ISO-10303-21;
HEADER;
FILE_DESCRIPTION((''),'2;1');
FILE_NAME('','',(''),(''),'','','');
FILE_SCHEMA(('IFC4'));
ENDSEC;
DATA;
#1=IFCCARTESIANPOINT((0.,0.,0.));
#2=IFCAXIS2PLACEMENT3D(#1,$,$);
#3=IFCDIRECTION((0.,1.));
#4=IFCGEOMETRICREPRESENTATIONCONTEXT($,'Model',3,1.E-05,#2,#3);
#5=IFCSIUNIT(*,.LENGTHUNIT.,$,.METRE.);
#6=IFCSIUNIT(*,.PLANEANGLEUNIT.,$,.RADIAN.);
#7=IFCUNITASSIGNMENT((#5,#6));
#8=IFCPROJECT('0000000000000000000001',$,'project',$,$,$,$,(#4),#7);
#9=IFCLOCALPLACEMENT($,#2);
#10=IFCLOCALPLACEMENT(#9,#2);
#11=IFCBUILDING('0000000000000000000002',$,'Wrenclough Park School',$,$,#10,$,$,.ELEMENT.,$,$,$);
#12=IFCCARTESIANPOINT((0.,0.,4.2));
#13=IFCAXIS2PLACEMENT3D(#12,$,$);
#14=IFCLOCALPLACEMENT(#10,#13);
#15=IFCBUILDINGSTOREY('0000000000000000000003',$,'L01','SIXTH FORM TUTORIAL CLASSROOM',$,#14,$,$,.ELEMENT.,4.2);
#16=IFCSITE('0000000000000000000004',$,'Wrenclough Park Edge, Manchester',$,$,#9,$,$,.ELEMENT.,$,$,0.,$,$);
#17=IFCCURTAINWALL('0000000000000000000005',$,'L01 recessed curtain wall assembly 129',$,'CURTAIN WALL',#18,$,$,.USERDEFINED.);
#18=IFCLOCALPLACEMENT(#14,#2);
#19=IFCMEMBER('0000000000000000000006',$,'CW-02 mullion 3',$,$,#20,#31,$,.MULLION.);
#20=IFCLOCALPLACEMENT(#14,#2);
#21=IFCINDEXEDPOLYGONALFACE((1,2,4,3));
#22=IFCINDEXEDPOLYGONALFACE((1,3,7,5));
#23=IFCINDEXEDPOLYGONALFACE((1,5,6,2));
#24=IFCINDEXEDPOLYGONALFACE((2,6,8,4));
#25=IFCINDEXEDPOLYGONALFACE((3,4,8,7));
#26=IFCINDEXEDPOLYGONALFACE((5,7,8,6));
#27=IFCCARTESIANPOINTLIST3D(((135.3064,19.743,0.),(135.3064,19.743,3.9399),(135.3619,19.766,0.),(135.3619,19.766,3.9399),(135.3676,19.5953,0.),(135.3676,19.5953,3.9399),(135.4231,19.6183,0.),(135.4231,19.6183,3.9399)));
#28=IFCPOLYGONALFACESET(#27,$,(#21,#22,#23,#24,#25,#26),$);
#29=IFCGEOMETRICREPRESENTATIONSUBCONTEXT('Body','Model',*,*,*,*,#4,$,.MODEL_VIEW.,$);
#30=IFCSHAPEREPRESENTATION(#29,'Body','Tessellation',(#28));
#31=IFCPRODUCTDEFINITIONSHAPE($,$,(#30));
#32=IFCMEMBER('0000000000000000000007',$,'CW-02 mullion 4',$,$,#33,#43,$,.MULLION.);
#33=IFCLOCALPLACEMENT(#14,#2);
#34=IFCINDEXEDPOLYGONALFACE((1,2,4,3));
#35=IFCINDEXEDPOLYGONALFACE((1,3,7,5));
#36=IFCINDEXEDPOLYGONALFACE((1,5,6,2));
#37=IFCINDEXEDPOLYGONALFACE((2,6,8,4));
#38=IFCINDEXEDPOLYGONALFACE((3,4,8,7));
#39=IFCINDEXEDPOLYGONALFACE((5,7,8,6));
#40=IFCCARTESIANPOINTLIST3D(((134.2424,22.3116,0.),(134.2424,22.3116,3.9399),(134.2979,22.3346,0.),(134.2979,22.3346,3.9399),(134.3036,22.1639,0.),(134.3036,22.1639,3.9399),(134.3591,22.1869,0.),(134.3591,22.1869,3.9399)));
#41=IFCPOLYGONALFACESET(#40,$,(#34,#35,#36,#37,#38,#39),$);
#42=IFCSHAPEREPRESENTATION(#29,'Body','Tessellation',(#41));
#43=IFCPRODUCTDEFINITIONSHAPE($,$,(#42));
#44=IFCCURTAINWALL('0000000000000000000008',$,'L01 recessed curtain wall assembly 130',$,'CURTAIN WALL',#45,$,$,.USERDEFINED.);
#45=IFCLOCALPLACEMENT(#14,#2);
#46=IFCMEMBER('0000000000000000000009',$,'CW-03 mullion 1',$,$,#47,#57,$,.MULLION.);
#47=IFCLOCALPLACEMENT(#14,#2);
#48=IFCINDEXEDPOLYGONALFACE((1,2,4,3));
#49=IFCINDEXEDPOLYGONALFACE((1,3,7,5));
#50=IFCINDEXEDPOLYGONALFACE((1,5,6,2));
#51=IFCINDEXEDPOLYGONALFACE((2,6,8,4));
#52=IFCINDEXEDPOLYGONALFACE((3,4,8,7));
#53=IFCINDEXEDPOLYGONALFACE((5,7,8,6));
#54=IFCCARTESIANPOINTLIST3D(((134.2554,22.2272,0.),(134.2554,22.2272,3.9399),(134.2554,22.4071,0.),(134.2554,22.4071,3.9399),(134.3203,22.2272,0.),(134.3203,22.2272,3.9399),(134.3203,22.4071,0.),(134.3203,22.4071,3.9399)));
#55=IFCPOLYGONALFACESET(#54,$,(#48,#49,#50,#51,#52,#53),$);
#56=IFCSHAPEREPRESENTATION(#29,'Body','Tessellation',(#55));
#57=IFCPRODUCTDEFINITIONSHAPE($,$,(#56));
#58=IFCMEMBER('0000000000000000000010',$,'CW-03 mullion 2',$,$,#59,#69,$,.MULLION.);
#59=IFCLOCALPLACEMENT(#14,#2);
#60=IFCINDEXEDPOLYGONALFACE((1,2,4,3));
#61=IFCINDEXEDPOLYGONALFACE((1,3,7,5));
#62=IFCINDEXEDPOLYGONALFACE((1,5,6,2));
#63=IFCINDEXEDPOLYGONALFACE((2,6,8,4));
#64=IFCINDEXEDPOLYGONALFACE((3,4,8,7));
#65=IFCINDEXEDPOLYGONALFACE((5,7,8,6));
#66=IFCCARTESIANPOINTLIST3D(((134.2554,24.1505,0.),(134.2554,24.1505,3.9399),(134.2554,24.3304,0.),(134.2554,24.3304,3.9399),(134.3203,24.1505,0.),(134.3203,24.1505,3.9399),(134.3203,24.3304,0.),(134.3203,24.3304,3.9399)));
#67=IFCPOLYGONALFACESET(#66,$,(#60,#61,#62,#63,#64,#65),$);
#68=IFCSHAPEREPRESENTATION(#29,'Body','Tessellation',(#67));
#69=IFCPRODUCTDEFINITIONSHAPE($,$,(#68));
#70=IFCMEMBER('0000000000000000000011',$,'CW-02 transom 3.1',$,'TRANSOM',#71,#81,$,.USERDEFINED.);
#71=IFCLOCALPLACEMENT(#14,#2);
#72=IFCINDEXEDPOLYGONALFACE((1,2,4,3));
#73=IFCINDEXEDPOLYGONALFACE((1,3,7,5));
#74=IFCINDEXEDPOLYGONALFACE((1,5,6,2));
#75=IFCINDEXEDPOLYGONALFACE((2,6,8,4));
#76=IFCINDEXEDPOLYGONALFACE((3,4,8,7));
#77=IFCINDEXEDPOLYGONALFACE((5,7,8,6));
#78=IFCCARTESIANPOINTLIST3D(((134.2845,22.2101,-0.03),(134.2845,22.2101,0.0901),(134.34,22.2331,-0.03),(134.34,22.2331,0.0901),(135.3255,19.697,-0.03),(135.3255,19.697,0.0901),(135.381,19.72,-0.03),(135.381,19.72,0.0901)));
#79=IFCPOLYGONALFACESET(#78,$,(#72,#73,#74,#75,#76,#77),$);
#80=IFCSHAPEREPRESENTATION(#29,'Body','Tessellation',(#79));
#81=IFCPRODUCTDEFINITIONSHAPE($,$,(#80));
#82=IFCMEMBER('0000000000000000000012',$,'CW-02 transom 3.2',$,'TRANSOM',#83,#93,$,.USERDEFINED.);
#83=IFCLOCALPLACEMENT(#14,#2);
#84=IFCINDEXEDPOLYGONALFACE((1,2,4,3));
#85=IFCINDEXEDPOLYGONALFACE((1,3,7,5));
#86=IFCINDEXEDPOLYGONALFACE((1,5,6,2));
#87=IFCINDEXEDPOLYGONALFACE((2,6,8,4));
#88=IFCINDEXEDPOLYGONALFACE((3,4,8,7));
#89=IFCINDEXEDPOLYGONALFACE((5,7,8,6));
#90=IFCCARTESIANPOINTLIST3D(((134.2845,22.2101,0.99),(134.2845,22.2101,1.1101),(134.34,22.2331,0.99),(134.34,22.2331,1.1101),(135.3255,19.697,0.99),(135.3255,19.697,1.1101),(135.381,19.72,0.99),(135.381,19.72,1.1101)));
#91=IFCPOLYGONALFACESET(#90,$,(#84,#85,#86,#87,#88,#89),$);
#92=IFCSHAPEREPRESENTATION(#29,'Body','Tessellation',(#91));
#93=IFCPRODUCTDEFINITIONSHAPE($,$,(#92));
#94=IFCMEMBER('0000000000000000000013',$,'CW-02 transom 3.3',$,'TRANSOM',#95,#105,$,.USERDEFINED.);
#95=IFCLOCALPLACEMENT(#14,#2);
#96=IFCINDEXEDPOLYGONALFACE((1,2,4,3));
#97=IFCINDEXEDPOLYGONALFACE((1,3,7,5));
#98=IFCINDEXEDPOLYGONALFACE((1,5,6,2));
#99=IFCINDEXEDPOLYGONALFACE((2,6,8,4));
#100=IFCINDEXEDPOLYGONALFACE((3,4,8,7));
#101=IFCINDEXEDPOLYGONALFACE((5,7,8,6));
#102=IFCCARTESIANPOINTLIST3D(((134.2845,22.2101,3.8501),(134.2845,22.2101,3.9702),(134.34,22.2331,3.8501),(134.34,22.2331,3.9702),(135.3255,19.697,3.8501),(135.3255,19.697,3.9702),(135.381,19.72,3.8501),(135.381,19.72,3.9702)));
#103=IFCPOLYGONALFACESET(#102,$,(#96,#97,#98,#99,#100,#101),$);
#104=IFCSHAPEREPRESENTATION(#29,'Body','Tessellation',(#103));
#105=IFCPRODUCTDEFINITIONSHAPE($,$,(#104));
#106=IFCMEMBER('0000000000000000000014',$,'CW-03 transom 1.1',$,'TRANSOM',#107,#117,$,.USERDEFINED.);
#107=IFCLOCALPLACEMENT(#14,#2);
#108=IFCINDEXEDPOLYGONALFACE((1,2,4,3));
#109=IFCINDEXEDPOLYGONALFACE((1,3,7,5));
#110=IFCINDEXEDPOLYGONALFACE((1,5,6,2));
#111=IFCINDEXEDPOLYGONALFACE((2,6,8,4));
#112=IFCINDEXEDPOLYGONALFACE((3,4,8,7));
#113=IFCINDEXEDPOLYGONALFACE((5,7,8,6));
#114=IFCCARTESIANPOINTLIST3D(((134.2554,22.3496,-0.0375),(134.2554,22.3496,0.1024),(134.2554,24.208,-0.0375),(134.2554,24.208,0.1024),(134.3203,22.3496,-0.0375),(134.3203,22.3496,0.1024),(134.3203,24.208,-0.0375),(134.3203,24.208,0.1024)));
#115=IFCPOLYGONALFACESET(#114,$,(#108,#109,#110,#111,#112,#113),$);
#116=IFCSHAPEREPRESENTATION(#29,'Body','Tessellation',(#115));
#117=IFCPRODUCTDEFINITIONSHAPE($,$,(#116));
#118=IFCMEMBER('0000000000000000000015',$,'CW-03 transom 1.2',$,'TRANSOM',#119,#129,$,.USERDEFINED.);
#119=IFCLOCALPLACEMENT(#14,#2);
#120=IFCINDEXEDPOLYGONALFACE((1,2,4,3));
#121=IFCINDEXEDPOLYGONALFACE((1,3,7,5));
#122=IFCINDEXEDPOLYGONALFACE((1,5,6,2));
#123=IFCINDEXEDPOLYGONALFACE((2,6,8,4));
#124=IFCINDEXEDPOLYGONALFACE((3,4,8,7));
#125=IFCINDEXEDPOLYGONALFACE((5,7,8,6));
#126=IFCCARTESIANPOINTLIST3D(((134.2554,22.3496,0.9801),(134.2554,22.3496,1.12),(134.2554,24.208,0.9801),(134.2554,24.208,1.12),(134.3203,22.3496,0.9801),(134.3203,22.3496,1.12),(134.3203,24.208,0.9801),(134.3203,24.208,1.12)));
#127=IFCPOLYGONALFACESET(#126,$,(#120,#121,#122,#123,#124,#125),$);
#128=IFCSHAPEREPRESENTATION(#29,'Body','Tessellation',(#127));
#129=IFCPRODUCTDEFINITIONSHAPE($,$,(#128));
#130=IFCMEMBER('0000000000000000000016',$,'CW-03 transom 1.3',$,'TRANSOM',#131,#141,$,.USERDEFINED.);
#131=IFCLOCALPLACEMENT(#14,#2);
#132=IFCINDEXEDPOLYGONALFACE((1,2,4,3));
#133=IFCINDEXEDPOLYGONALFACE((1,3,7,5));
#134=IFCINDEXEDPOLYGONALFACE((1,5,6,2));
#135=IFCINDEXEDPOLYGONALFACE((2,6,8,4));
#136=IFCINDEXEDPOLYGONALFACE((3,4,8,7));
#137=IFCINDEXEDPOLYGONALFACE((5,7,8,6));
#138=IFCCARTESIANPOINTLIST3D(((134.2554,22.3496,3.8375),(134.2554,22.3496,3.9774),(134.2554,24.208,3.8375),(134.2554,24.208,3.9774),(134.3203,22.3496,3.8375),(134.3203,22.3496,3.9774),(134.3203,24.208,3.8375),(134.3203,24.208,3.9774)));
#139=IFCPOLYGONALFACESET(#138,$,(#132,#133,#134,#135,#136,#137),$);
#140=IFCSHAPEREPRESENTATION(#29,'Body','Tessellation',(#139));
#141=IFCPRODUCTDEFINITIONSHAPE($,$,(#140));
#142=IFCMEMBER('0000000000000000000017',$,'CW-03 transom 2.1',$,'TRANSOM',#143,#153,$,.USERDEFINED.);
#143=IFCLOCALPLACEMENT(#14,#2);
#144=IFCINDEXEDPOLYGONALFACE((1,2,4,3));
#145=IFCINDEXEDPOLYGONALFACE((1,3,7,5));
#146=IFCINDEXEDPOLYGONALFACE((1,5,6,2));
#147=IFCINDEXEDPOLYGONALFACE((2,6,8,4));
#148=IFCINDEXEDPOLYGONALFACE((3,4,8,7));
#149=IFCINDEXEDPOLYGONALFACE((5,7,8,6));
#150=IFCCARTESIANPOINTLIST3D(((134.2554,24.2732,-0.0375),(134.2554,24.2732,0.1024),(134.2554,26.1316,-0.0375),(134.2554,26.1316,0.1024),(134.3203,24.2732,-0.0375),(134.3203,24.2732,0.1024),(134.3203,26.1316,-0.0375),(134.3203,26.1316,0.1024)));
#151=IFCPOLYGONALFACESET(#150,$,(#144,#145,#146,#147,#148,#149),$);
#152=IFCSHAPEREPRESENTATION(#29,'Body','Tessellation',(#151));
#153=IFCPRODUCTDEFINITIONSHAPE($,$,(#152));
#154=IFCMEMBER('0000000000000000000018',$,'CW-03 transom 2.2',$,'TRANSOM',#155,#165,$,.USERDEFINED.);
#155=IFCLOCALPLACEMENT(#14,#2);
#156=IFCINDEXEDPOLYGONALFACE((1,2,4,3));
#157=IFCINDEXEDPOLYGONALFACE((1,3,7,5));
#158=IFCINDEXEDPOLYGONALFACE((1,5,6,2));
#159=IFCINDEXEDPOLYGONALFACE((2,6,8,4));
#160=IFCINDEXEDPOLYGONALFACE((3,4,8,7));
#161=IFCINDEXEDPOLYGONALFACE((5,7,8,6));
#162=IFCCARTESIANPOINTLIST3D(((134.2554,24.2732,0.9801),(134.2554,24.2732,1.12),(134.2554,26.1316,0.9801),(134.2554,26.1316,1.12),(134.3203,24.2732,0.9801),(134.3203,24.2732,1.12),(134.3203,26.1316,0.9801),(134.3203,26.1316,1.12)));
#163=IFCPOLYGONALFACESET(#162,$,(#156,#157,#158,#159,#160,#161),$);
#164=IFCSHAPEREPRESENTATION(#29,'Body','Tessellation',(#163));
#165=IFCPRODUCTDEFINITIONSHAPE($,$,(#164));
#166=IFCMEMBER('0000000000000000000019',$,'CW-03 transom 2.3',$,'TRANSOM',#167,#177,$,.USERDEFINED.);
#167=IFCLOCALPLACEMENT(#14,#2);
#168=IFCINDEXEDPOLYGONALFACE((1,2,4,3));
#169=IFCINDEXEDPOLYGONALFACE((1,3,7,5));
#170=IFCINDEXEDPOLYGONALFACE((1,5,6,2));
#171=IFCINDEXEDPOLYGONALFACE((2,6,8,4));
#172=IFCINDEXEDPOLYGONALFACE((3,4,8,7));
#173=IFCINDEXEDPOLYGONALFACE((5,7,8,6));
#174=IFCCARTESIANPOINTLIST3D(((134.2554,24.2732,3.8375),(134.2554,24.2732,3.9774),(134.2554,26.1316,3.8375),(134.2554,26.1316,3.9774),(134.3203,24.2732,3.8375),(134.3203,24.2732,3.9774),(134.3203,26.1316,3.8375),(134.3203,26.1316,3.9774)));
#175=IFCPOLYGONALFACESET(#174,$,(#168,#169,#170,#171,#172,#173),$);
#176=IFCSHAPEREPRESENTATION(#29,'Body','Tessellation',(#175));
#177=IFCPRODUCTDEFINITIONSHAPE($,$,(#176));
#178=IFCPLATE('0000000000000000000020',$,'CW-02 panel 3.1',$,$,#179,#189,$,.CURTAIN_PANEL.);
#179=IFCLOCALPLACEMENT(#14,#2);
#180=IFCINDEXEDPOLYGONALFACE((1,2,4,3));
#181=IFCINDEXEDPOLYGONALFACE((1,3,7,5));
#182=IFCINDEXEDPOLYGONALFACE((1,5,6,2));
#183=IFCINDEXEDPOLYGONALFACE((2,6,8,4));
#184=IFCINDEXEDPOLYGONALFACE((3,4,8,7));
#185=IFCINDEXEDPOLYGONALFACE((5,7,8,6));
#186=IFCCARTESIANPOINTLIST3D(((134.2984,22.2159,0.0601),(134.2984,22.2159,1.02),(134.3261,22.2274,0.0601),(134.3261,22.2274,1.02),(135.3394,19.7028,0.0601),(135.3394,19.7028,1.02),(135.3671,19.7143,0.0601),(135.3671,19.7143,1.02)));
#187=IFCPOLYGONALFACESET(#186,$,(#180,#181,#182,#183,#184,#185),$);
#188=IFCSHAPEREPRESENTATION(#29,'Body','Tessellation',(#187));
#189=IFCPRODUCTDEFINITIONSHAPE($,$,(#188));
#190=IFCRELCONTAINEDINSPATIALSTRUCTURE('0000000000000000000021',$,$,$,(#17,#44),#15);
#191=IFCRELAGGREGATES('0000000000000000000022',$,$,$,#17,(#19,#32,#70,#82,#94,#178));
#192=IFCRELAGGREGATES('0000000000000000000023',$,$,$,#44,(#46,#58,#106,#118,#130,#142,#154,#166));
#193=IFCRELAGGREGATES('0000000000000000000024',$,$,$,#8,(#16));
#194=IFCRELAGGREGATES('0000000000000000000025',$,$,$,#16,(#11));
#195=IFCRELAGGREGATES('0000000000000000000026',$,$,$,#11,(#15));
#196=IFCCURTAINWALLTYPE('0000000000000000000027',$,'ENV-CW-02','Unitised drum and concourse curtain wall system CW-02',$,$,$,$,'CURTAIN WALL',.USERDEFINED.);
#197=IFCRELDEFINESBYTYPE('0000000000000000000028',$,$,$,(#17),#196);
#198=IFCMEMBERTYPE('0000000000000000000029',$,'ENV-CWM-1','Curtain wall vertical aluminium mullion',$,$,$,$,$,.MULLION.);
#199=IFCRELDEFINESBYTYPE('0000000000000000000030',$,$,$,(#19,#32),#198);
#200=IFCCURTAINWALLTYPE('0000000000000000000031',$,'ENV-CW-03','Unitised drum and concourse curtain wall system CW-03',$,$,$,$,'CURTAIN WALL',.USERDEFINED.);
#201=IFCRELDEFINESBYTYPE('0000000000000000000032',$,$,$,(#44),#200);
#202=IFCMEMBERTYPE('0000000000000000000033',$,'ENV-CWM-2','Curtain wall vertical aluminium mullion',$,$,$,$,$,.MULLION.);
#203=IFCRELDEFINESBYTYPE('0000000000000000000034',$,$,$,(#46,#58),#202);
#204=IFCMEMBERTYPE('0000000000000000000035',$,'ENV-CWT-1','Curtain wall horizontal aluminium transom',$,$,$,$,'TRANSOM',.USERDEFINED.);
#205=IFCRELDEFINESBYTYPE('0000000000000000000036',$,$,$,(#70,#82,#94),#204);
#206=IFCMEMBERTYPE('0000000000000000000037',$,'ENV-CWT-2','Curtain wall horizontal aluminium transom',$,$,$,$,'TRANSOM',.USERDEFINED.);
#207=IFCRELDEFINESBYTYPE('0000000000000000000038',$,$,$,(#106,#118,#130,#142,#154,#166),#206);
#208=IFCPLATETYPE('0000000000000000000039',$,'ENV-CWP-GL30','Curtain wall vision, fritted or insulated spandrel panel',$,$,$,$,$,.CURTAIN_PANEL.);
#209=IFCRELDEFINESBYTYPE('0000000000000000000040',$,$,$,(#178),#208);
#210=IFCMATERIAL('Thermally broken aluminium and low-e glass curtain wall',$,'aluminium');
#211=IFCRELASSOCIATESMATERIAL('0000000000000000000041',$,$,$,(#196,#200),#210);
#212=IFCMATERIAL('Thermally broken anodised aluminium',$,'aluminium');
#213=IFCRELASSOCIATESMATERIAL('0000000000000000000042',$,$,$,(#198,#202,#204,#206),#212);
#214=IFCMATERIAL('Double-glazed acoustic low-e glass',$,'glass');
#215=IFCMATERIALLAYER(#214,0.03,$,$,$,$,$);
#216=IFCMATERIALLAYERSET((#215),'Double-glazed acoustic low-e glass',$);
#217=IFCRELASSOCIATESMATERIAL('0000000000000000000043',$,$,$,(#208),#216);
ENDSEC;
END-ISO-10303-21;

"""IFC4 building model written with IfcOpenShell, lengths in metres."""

from ifc_helpers import new_model, si_unit, direction, frame, origin, origin_2d, place, context, subcontext, project, spatial, rectangle, extrude, material, layer, layer_set, material_profile, profile_set, type_object, element, aggregate, save


model = new_model("IFC4")

# Units and contexts
model_context = context("Model", 3, precision=1e-05, world=origin(), true_north=direction((0.0, 1.0)))
body_context = subcontext(model_context, "Body", "Model", "MODEL_VIEW")
ifc_project = project(units=[si_unit("LENGTHUNIT", "METRE"), si_unit("PLANEANGLEUNIT", "RADIAN")], contexts=[model_context])

# Site, building, storey
site_placement = place(None, origin())
site = spatial("IfcSite", under=ifc_project, at=site_placement, Name="Wrenclough Park Edge, Manchester", CompositionType="ELEMENT", RefElevation=0.0)
building_placement = place(site_placement, origin())
building = spatial("IfcBuilding", under=site, at=building_placement, Name="Wrenclough Park School", CompositionType="ELEMENT")
storey_placement = place(building_placement, frame((0.0, 0.0, 4.2)))
storey = spatial("IfcBuildingStorey", under=building, at=storey_placement, Name="L01", Description="SIXTH FORM TUTORIAL CLASSROOM", CompositionType="ELEMENT", Elevation=4.2)

# Curtain walls, members
ifc_material_1 = material(Name="Thermally broken aluminium and low-e glass curtain wall", Category="aluminium")
curtain_wall_type_1 = type_object("IfcCurtainWallType", Name="ENV-CW-02", Description="Unitised drum and concourse curtain wall system CW-02", ElementType="CURTAIN WALL", PredefinedType="USERDEFINED", material=ifc_material_1)
curtain_wall_1_placement = place(storey_placement, origin())
curtain_wall_1 = element("IfcCurtainWall", 1, at=curtain_wall_1_placement, inside=storey, type_object=curtain_wall_type_1, Name="L01 recessed curtain wall assembly 129", ObjectType="CURTAIN WALL", PredefinedType="USERDEFINED")
ifc_material_2 = material(Name="Thermally broken anodised aluminium", Category="aluminium")
ifc_material_profile_1 = material_profile(ifc_material_2, rectangle(XDim=0.0601, YDim=0.1599, at=origin_2d()), Name="AL MULLION 60x160")
ifc_profile_set_1 = profile_set([ifc_material_profile_1], Name="Thermally broken anodised aluminium")
member_type_1 = type_object("IfcMemberType", Name="ENV-CWM-1", Description="Curtain wall vertical aluminium mullion", PredefinedType="MULLION", material=ifc_profile_set_1)
member_1_placement = place(storey_placement, frame((135.3647, 19.6807, 0.0), z_axis=(0.0, 0.0, 1.0), x_axis=(-0.923878, -0.382687, 0.0)))
member_1 = element("IfcMember", 2, at=member_1_placement, type_object=member_type_1, Name="CW-02 mullion 3", PredefinedType="MULLION", context=body_context, shape_type="SweptSolid", body=[
    extrude(rectangle(XDim=0.0601, YDim=0.1599, at=origin_2d()), origin(), (0.0, 0.0, 1.0), 3.9399),
])
member_2_placement = place(storey_placement, frame((134.3008, 22.2493, 0.0), z_axis=(0.0, 0.0, 1.0), x_axis=(-0.923878, -0.382687, 0.0)))
member_2 = element("IfcMember", 3, at=member_2_placement, type_object=member_type_1, Name="CW-02 mullion 4", PredefinedType="MULLION", context=body_context, shape_type="SweptSolid", body=[
    extrude(rectangle(XDim=0.0601, YDim=0.1599, at=origin_2d()), origin(), (0.0, 0.0, 1.0), 3.9399),
])
curtain_wall_type_2 = type_object("IfcCurtainWallType", Name="ENV-CW-03", Description="Unitised drum and concourse curtain wall system CW-03", ElementType="CURTAIN WALL", PredefinedType="USERDEFINED", material=ifc_material_1)
curtain_wall_2_placement = place(storey_placement, origin())
curtain_wall_2 = element("IfcCurtainWall", 4, at=curtain_wall_2_placement, inside=storey, type_object=curtain_wall_type_2, Name="L01 recessed curtain wall assembly 130", ObjectType="CURTAIN WALL", PredefinedType="USERDEFINED")
ifc_material_profile_2 = material_profile(ifc_material_2, rectangle(XDim=0.0649, YDim=0.1799, at=origin_2d()), Name="AL MULLION 65x180")
ifc_profile_set_2 = profile_set([ifc_material_profile_2], Name="Thermally broken anodised aluminium")
member_type_2 = type_object("IfcMemberType", Name="ENV-CWM-2", Description="Curtain wall vertical aluminium mullion", PredefinedType="MULLION", material=ifc_profile_set_2)
member_3_placement = place(storey_placement, frame((134.2878, 22.3171, 0.0), z_axis=(0.0, 0.0, 1.0), x_axis=(-1.0, 0.0, 0.0)))
member_3 = element("IfcMember", 5, at=member_3_placement, type_object=member_type_2, Name="CW-03 mullion 1", PredefinedType="MULLION", context=body_context, shape_type="SweptSolid", body=[
    extrude(rectangle(XDim=0.0649, YDim=0.1799, at=origin_2d()), origin(), (0.0, 0.0, 1.0), 3.9399),
])
member_4_placement = place(storey_placement, frame((134.2878, 24.2405, 0.0), z_axis=(0.0, 0.0, 1.0), x_axis=(-1.0, 0.0, 0.0)))
member_4 = element("IfcMember", 6, at=member_4_placement, type_object=member_type_2, Name="CW-03 mullion 2", PredefinedType="MULLION", context=body_context, shape_type="SweptSolid", body=[
    extrude(rectangle(XDim=0.0649, YDim=0.1799, at=origin_2d()), origin(), (0.0, 0.0, 1.0), 3.9399),
])

# Members
ifc_material_profile_3 = material_profile(ifc_material_2, rectangle(XDim=0.0601, YDim=0.1201, at=origin_2d()), Name="AL TRANSOM 60x120")
ifc_profile_set_3 = profile_set([ifc_material_profile_3], Name="Thermally broken anodised aluminium")
member_type_3 = type_object("IfcMemberType", Name="ENV-CWT-1", Description="Curtain wall horizontal aluminium transom", ElementType="TRANSOM", PredefinedType="USERDEFINED", material=ifc_profile_set_3)
member_5_placement = place(storey_placement, frame((135.3533, 19.7085, 0.03), z_axis=(-0.38269, 0.923877, 0.0), x_axis=(-0.923877, -0.38269, 0.0)))
member_5 = element("IfcMember", 7, at=member_5_placement, type_object=member_type_3, Name="CW-02 transom 3.1", ObjectType="TRANSOM", PredefinedType="USERDEFINED", context=body_context, shape_type="SweptSolid", body=[
    extrude(rectangle(XDim=0.0601, YDim=0.1201, at=origin_2d()), origin(), (0.0, 0.0, 1.0), 2.7202),
])
member_6_placement = place(storey_placement, frame((135.3533, 19.7085, 1.05), z_axis=(-0.38269, 0.923877, 0.0), x_axis=(-0.923877, -0.38269, 0.0)))
member_6 = element("IfcMember", 8, at=member_6_placement, type_object=member_type_3, Name="CW-02 transom 3.2", ObjectType="TRANSOM", PredefinedType="USERDEFINED", context=body_context, shape_type="SweptSolid", body=[
    extrude(rectangle(XDim=0.0601, YDim=0.1201, at=origin_2d()), origin(), (0.0, 0.0, 1.0), 2.7202),
])
member_7_placement = place(storey_placement, frame((135.3533, 19.7085, 3.9102), z_axis=(-0.38269, 0.923877, 0.0), x_axis=(-0.923877, -0.38269, 0.0)))
member_7 = element("IfcMember", 9, at=member_7_placement, type_object=member_type_3, Name="CW-02 transom 3.3", ObjectType="TRANSOM", PredefinedType="USERDEFINED", context=body_context, shape_type="SweptSolid", body=[
    extrude(rectangle(XDim=0.0601, YDim=0.1201, at=origin_2d()), origin(), (0.0, 0.0, 1.0), 2.7202),
])
ifc_material_profile_4 = material_profile(ifc_material_2, rectangle(XDim=0.0649, YDim=0.1399, at=origin_2d()), Name="AL TRANSOM 65x140")
ifc_profile_set_4 = profile_set([ifc_material_profile_4], Name="Thermally broken anodised aluminium")
member_type_4 = type_object("IfcMemberType", Name="ENV-CWT-2", Description="Curtain wall horizontal aluminium transom", ElementType="TRANSOM", PredefinedType="USERDEFINED", material=ifc_profile_set_4)
member_8_placement = place(storey_placement, frame((134.2878, 22.3496, 0.0325), z_axis=(0.0, 1.0, 0.0), x_axis=(-1.0, 0.0, 0.0)))
member_8 = element("IfcMember", 10, at=member_8_placement, type_object=member_type_4, Name="CW-03 transom 1.1", ObjectType="TRANSOM", PredefinedType="USERDEFINED", context=body_context, shape_type="SweptSolid", body=[
    extrude(rectangle(XDim=0.0649, YDim=0.1399, at=origin_2d()), origin(), (0.0, 0.0, 1.0), 1.8584),
])
member_9_placement = place(storey_placement, frame((134.2878, 22.3496, 1.05), z_axis=(0.0, 1.0, 0.0), x_axis=(-1.0, 0.0, 0.0)))
member_9 = element("IfcMember", 11, at=member_9_placement, type_object=member_type_4, Name="CW-03 transom 1.2", ObjectType="TRANSOM", PredefinedType="USERDEFINED", context=body_context, shape_type="SweptSolid", body=[
    extrude(rectangle(XDim=0.0649, YDim=0.1399, at=origin_2d()), origin(), (0.0, 0.0, 1.0), 1.8584),
])
member_10_placement = place(storey_placement, frame((134.2878, 22.3496, 3.9075), z_axis=(0.0, 1.0, 0.0), x_axis=(-1.0, 0.0, 0.0)))
member_10 = element("IfcMember", 12, at=member_10_placement, type_object=member_type_4, Name="CW-03 transom 1.3", ObjectType="TRANSOM", PredefinedType="USERDEFINED", context=body_context, shape_type="SweptSolid", body=[
    extrude(rectangle(XDim=0.0649, YDim=0.1399, at=origin_2d()), origin(), (0.0, 0.0, 1.0), 1.8584),
])
member_11_placement = place(storey_placement, frame((134.2878, 24.2732, 0.0325), z_axis=(0.0, 1.0, 0.0), x_axis=(-1.0, 0.0, 0.0)))
member_11 = element("IfcMember", 13, at=member_11_placement, type_object=member_type_4, Name="CW-03 transom 2.1", ObjectType="TRANSOM", PredefinedType="USERDEFINED", context=body_context, shape_type="SweptSolid", body=[
    extrude(rectangle(XDim=0.0649, YDim=0.1399, at=origin_2d()), origin(), (0.0, 0.0, 1.0), 1.8584),
])
member_12_placement = place(storey_placement, frame((134.2878, 24.2732, 1.05), z_axis=(0.0, 1.0, 0.0), x_axis=(-1.0, 0.0, 0.0)))
member_12 = element("IfcMember", 14, at=member_12_placement, type_object=member_type_4, Name="CW-03 transom 2.2", ObjectType="TRANSOM", PredefinedType="USERDEFINED", context=body_context, shape_type="SweptSolid", body=[
    extrude(rectangle(XDim=0.0649, YDim=0.1399, at=origin_2d()), origin(), (0.0, 0.0, 1.0), 1.8584),
])
member_13_placement = place(storey_placement, frame((134.2878, 24.2732, 3.9075), z_axis=(0.0, 1.0, 0.0), x_axis=(-1.0, 0.0, 0.0)))
member_13 = element("IfcMember", 15, at=member_13_placement, type_object=member_type_4, Name="CW-03 transom 2.3", ObjectType="TRANSOM", PredefinedType="USERDEFINED", context=body_context, shape_type="SweptSolid", body=[
    extrude(rectangle(XDim=0.0649, YDim=0.1399, at=origin_2d()), origin(), (0.0, 0.0, 1.0), 1.8584),
])

# Plate
ifc_material_3 = material(Name="Double-glazed acoustic low-e glass", Category="glass")
ifc_layer_1 = layer(ifc_material_3, 0.03)
ifc_layer_set_1 = layer_set([ifc_layer_1], Name="Double-glazed acoustic low-e glass")
plate_type_1 = type_object("IfcPlateType", Name="ENV-CWP-GL30", Description="Curtain wall vision, fritted or insulated spandrel panel", PredefinedType="CURTAIN_PANEL", material=ifc_layer_set_1)
plate_1_placement = place(storey_placement, frame((134.8328, 20.9651, 0.0601), z_axis=(0.0, 0.0, 1.0), x_axis=(-0.382687, 0.923878, 0.0)))
plate_1 = element("IfcPlate", 16, at=plate_1_placement, type_object=plate_type_1, Name="CW-02 panel 3.1", PredefinedType="CURTAIN_PANEL", context=body_context, shape_type="SweptSolid", body=[
    extrude(rectangle(XDim=2.7202, YDim=0.03, at=origin_2d()), origin(), (0.0, 0.0, 1.0), 0.96),
])
aggregate(curtain_wall_1, [member_1, member_2, member_5, member_6, member_7, plate_1])
aggregate(curtain_wall_2, [member_3, member_4, member_8, member_9, member_10, member_11, member_12, member_13])

save(model, "model.ifc")
